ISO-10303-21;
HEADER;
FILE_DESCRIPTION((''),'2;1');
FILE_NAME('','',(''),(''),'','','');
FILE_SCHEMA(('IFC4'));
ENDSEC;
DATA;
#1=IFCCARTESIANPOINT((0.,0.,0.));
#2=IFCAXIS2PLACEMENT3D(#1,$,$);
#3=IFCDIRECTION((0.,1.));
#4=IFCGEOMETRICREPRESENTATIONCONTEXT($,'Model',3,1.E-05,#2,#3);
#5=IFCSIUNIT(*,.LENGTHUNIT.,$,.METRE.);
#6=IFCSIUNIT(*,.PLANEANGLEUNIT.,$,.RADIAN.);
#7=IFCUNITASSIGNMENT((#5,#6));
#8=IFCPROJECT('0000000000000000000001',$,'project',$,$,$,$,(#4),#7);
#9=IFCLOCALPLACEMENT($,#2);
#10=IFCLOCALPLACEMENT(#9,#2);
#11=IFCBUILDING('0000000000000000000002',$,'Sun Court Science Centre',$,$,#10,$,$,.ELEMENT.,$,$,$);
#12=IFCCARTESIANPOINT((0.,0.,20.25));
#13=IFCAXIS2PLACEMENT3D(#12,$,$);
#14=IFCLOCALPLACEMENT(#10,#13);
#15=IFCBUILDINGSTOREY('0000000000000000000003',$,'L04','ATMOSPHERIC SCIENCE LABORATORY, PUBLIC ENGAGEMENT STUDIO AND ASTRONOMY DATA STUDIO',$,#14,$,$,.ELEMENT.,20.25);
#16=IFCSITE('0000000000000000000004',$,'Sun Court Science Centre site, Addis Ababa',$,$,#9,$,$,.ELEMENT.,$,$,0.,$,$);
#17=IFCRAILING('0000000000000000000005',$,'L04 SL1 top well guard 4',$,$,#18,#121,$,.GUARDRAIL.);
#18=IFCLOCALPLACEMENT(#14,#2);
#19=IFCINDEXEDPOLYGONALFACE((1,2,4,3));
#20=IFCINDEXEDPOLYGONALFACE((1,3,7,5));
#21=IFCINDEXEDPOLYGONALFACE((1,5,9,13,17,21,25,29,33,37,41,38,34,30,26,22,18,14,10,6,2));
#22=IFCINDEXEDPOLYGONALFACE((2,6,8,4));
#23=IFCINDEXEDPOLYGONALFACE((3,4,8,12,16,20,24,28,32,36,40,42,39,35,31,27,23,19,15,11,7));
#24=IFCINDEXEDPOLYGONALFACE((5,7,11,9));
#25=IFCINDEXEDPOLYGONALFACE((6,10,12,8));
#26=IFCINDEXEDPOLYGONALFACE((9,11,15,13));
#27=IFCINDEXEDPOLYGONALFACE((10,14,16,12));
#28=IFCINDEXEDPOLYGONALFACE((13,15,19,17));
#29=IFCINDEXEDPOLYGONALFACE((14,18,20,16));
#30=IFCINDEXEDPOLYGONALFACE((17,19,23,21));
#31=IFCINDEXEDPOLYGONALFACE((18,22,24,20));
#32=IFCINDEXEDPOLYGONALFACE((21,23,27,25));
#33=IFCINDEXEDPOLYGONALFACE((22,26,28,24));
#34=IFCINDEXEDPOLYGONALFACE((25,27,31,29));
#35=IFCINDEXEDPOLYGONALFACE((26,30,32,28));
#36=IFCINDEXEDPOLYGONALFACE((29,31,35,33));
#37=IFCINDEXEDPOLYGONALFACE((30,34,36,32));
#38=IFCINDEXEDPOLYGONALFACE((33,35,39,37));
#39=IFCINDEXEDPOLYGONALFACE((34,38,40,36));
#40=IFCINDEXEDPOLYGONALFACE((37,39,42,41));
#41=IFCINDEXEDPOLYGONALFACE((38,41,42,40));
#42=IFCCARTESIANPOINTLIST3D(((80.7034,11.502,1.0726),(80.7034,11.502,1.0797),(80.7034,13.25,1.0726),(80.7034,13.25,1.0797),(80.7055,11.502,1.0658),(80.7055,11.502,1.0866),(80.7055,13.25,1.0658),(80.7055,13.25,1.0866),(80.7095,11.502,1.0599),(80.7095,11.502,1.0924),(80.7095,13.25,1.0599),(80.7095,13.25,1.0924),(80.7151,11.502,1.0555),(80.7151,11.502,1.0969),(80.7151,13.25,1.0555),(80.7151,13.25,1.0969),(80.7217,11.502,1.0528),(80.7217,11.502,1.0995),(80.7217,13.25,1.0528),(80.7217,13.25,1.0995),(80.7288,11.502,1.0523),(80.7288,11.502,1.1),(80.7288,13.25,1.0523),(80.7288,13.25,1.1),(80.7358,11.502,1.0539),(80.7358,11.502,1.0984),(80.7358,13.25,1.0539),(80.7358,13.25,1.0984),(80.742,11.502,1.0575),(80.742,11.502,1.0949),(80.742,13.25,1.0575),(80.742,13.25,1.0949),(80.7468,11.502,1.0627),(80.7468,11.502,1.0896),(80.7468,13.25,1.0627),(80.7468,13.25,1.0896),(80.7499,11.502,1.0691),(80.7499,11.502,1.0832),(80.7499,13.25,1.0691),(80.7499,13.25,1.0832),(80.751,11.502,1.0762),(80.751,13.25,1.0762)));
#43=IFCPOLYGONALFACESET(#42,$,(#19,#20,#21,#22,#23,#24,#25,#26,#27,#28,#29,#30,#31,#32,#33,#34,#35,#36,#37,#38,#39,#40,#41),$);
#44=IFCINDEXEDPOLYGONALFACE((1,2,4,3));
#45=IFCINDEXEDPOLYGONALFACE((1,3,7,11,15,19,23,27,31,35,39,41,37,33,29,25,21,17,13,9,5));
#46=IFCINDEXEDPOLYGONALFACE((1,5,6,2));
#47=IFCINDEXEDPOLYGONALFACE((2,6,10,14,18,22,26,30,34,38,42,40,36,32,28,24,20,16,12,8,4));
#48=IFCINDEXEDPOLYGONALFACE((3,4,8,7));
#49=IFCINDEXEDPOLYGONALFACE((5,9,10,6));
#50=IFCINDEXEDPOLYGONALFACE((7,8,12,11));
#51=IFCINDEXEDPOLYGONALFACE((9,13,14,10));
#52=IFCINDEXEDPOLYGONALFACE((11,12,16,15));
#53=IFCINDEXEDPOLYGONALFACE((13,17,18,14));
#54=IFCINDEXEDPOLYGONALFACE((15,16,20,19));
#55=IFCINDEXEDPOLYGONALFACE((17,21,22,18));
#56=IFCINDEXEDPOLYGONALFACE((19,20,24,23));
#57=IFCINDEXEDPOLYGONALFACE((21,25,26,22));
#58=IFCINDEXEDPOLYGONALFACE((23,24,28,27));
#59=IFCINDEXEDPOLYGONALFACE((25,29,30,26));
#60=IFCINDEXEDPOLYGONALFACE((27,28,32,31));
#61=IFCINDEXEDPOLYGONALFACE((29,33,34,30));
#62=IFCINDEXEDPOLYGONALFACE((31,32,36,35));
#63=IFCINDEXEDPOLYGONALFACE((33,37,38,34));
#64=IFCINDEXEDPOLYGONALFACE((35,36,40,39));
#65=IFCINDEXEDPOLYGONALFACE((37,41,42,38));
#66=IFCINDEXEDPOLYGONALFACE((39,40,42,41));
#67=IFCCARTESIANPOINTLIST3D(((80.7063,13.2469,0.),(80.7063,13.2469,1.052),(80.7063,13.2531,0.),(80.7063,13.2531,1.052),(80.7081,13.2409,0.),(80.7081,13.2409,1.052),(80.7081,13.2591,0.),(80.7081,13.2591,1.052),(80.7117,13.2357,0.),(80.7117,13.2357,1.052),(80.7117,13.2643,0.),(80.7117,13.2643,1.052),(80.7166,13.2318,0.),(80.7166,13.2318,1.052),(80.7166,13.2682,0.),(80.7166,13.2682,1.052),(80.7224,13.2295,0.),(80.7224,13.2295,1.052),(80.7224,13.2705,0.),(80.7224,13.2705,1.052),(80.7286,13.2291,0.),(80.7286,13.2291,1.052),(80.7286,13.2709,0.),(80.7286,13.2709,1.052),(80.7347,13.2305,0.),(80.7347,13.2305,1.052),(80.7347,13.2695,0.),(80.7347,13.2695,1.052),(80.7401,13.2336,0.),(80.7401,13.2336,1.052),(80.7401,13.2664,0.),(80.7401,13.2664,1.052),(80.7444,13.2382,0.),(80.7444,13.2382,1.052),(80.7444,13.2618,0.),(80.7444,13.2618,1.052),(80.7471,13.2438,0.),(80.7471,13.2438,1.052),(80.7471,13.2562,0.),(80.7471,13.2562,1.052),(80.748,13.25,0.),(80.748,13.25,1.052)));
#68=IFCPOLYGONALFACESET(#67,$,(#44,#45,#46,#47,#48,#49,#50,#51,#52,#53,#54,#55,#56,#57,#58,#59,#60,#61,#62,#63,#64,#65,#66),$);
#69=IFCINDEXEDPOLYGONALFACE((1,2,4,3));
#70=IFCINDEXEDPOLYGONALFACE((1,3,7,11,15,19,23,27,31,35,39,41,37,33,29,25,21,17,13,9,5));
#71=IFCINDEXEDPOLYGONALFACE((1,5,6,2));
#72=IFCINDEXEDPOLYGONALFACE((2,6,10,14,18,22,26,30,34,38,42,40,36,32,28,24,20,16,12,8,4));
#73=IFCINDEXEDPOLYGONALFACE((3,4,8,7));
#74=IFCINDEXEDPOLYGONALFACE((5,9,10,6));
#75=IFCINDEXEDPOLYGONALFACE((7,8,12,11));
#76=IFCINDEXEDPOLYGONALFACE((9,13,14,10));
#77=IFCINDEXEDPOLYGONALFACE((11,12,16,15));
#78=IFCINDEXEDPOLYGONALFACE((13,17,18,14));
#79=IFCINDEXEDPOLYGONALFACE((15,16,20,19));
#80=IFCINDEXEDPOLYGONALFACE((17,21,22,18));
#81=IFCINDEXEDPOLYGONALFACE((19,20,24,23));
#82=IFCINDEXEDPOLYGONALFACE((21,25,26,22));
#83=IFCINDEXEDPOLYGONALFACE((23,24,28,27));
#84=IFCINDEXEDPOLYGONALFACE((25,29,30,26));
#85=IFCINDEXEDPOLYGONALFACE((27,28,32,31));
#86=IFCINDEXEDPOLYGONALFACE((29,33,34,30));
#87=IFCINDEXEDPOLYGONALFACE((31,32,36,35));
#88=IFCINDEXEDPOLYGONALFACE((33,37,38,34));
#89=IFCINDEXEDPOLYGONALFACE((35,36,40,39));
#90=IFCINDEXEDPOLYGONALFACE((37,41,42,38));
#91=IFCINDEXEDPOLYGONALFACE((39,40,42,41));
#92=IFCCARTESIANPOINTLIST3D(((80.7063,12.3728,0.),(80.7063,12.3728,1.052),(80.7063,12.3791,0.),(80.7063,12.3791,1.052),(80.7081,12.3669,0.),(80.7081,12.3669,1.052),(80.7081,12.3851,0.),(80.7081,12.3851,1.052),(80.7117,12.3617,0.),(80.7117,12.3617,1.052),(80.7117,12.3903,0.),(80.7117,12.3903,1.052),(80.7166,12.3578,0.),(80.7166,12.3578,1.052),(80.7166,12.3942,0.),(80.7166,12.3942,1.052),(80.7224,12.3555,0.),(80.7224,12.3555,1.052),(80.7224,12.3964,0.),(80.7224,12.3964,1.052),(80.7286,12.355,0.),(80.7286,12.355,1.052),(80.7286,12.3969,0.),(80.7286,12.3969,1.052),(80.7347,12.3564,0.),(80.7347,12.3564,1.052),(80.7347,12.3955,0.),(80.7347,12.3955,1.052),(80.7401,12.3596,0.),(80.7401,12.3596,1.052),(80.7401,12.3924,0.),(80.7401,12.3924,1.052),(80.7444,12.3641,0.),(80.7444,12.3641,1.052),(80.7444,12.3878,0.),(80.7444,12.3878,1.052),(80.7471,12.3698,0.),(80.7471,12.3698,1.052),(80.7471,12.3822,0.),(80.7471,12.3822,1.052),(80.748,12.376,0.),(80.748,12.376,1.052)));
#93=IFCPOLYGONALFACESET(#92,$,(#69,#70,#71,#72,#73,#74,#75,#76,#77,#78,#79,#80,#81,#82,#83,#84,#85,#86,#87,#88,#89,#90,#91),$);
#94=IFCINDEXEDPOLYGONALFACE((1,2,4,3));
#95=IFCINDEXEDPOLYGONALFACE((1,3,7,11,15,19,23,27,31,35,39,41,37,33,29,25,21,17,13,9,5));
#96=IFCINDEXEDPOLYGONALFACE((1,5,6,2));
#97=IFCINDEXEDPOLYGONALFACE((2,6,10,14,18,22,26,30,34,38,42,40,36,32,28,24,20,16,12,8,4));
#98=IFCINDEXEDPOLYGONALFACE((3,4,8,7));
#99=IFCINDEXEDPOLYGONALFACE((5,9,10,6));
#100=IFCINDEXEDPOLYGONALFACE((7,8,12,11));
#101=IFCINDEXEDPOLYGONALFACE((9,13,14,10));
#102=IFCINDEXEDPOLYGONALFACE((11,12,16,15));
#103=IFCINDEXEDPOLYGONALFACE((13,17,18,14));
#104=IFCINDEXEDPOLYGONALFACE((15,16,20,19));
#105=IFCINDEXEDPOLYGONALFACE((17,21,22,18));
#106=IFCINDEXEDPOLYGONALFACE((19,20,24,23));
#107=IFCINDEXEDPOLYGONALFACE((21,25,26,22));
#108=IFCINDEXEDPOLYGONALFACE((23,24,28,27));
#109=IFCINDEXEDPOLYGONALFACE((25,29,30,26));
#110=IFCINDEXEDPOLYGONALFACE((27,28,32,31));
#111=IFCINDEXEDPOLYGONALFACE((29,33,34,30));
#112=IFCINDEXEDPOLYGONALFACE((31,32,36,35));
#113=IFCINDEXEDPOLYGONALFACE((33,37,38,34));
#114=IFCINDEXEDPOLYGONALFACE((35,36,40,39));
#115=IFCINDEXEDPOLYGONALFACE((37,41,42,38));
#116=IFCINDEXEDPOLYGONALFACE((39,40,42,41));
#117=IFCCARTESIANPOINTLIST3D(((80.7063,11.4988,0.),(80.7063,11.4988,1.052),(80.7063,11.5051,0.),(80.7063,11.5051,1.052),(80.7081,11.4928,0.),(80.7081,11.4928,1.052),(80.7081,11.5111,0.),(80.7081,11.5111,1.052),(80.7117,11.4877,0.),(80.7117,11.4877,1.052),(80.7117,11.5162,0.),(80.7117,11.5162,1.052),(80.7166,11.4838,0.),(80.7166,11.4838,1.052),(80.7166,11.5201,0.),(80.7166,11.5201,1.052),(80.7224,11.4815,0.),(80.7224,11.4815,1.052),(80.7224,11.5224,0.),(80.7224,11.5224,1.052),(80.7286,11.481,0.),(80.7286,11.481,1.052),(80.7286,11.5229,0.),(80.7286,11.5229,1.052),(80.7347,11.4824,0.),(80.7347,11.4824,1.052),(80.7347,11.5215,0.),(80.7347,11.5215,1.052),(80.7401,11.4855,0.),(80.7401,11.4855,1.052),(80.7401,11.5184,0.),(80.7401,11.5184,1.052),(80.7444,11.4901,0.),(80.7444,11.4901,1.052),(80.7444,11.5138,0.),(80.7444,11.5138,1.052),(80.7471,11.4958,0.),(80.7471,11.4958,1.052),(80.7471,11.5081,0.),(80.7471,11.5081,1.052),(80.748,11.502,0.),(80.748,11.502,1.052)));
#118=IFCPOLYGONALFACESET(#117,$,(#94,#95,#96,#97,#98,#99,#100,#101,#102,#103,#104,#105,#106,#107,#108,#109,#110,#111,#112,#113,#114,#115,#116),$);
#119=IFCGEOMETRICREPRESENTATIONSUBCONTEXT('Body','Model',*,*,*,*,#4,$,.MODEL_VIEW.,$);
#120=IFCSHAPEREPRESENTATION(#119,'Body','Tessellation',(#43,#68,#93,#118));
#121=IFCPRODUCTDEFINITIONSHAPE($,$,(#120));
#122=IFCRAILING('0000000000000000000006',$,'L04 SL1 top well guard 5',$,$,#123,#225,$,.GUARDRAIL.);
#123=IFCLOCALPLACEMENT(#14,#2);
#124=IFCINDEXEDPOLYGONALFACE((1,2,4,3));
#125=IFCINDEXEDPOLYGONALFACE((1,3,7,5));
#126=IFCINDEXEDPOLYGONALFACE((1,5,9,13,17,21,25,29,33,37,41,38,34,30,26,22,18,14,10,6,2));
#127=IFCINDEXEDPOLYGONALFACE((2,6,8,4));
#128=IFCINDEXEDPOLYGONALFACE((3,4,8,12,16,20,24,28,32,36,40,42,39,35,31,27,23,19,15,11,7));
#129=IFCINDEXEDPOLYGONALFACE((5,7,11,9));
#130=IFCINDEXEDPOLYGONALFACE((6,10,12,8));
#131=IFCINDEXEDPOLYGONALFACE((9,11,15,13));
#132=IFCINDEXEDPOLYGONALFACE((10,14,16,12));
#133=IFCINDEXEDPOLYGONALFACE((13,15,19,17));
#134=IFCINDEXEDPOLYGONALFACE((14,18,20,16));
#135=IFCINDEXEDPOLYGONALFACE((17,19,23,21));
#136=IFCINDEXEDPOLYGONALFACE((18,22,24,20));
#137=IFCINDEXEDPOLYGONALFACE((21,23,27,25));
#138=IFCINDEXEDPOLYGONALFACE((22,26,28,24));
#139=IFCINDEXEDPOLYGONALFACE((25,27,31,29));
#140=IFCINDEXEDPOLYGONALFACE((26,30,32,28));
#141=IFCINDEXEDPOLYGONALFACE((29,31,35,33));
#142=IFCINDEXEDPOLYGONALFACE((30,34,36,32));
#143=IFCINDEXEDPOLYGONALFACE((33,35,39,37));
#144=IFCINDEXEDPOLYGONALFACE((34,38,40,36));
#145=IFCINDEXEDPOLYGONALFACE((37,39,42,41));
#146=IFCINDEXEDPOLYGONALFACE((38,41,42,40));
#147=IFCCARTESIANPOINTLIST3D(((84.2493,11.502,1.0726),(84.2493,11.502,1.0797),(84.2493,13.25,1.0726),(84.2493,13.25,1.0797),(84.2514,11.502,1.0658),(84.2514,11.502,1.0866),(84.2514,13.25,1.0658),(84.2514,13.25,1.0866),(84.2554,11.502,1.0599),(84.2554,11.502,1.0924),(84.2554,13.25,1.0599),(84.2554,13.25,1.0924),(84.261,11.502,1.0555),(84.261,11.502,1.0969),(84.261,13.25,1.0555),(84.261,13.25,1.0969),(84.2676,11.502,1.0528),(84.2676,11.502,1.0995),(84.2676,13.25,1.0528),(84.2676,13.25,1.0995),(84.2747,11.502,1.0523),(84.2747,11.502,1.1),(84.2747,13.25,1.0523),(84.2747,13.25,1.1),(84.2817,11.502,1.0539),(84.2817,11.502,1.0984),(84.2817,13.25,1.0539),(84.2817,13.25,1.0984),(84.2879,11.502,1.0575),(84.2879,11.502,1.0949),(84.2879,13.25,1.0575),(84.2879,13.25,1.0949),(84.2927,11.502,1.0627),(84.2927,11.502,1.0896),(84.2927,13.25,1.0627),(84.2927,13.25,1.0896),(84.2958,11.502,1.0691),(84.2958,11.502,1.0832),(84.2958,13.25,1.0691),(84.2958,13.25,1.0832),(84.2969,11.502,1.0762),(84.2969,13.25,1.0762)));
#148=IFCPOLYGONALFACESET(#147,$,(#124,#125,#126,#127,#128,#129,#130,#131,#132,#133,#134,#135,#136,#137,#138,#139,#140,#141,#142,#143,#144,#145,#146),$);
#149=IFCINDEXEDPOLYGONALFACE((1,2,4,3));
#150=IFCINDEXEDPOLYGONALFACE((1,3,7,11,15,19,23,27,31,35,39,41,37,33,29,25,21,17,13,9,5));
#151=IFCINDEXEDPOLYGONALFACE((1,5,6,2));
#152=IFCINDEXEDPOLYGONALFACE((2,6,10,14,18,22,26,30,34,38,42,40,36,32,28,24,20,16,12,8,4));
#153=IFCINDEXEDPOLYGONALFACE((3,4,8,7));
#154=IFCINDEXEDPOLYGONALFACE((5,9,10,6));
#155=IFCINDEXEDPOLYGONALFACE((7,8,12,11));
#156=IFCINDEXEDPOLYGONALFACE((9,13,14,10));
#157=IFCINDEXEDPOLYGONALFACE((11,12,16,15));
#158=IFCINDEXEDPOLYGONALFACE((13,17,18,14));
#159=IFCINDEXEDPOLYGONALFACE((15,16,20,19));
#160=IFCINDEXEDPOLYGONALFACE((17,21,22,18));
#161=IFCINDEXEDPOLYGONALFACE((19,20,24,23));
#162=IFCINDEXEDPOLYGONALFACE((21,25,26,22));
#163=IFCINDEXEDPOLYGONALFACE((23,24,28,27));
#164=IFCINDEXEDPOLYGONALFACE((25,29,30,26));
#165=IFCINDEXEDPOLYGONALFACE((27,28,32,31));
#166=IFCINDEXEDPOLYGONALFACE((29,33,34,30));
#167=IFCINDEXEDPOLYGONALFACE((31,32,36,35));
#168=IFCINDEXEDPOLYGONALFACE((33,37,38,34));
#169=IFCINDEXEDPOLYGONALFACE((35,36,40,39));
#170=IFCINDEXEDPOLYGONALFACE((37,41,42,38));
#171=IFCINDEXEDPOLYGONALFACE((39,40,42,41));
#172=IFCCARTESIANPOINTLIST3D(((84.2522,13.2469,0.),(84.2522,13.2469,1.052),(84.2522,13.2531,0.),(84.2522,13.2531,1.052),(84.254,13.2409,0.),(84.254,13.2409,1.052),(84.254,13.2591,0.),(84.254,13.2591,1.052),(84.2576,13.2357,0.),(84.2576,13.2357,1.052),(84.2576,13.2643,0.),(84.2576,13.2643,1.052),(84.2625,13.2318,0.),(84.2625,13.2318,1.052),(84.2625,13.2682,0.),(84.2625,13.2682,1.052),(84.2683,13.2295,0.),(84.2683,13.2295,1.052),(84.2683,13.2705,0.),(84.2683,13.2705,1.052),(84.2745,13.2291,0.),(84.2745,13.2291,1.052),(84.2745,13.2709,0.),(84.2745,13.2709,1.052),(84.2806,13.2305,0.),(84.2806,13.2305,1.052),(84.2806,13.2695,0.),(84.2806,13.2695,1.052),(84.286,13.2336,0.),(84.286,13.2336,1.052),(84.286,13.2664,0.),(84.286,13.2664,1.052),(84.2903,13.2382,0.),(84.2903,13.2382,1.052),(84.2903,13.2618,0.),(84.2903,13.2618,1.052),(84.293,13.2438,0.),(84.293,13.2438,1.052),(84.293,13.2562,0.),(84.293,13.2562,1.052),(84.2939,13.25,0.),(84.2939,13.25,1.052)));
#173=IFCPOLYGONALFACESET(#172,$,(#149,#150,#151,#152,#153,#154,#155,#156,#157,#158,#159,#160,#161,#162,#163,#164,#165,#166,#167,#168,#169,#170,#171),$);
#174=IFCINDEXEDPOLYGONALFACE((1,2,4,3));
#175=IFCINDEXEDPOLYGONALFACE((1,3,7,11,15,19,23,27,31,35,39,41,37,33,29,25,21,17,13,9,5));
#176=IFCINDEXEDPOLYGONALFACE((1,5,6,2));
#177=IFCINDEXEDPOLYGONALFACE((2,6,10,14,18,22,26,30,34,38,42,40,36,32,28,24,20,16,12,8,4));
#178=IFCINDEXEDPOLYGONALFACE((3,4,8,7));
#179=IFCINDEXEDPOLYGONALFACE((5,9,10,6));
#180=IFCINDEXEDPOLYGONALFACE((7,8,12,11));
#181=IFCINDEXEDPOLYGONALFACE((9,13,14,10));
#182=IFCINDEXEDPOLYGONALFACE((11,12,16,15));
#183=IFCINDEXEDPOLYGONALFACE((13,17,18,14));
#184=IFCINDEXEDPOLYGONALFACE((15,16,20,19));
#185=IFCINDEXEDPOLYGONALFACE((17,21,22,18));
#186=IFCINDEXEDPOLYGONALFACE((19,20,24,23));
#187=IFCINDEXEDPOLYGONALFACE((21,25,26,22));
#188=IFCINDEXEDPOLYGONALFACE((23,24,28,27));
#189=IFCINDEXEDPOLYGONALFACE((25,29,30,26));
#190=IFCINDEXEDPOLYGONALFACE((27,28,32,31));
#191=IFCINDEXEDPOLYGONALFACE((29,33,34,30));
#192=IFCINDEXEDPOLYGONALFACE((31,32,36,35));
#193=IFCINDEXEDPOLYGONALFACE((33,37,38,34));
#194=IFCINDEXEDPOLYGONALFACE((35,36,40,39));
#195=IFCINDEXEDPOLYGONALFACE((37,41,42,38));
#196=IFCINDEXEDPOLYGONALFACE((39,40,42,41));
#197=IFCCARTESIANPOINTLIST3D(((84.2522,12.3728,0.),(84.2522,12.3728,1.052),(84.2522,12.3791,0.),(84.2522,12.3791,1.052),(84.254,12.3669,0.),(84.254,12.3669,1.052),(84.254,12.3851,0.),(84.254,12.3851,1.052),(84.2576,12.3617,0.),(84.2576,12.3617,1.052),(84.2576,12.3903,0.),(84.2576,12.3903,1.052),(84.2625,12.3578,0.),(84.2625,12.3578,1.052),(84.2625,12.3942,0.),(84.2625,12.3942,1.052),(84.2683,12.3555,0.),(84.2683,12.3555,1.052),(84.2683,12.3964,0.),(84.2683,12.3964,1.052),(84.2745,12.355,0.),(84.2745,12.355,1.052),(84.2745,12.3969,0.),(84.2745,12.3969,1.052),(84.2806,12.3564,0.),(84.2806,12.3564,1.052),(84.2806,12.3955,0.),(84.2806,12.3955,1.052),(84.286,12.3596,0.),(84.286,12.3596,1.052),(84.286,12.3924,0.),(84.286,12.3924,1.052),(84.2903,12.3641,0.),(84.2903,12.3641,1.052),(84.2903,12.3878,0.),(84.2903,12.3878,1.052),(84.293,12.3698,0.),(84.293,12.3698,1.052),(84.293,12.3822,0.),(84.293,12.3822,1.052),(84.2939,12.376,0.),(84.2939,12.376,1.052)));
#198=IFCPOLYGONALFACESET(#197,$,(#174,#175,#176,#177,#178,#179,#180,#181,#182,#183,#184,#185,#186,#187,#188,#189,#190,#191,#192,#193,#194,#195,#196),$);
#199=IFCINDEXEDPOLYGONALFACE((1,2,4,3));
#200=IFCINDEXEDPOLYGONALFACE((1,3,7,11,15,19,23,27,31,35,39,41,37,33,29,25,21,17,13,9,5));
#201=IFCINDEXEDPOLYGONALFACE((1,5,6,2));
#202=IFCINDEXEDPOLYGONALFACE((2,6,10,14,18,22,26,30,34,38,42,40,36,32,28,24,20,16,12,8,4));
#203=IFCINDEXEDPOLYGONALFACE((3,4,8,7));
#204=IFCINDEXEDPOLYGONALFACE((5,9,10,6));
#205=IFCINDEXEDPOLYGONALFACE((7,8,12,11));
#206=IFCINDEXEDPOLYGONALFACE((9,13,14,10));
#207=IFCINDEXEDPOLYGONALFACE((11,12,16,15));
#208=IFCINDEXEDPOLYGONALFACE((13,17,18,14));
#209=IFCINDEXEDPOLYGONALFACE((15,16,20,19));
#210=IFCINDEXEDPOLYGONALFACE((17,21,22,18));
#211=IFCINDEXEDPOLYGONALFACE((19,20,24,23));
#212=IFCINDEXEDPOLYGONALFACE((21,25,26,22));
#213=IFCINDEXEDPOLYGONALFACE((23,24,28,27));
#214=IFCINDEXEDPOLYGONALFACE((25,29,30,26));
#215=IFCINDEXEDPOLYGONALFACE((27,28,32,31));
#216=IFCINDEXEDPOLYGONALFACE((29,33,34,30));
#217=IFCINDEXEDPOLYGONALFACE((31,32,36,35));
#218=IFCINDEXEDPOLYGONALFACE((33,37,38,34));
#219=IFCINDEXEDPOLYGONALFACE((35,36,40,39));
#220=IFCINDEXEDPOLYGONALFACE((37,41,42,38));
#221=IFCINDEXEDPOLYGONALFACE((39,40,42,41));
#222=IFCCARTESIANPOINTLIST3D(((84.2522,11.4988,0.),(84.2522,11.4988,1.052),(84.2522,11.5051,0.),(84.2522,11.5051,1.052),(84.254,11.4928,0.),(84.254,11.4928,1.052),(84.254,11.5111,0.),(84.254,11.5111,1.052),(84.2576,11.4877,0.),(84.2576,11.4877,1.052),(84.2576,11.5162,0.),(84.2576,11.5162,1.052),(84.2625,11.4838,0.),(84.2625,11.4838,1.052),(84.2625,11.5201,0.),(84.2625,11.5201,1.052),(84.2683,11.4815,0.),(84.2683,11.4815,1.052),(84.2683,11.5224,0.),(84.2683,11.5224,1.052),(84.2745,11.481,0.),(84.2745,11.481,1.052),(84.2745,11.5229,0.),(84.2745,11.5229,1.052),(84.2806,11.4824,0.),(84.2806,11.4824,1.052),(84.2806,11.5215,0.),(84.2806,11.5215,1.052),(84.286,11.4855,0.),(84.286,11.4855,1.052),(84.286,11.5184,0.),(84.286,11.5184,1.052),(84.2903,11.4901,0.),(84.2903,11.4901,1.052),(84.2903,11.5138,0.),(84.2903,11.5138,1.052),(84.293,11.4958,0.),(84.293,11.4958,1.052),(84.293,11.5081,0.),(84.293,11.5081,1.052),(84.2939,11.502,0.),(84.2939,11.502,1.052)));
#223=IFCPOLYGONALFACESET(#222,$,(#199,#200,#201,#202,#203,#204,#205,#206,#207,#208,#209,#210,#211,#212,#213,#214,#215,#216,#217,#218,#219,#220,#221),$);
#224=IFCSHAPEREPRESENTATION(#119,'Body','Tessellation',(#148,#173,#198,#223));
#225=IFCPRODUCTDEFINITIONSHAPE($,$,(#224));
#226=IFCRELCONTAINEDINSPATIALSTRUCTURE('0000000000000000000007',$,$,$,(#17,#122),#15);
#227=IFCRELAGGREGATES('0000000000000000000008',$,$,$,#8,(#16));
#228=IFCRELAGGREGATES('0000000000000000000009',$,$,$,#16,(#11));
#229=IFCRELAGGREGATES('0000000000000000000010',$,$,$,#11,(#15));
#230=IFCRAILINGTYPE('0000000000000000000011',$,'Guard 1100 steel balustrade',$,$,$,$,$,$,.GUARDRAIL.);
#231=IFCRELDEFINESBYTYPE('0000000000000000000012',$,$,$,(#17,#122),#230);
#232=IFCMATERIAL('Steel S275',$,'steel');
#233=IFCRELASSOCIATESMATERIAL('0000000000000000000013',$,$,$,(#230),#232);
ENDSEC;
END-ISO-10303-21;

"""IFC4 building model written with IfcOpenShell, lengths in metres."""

from ifc_helpers import new_model, si_unit, direction, frame, origin, origin_2d, place, context, subcontext, project, spatial, circle, extrude, material, type_object, element, save


model = new_model("IFC4")

# Units and contexts
model_context = context("Model", 3, precision=1e-05, world=origin(), true_north=direction((0.0, 1.0)))
body_context = subcontext(model_context, "Body", "Model", "MODEL_VIEW")
ifc_project = project(units=[si_unit("LENGTHUNIT", "METRE"), si_unit("PLANEANGLEUNIT", "RADIAN")], contexts=[model_context])

# Site, building, storey
site_placement = place(None, origin())
site = spatial("IfcSite", under=ifc_project, at=site_placement, Name="Sun Court Science Centre site, Addis Ababa", CompositionType="ELEMENT", RefElevation=0.0)
building_placement = place(site_placement, origin())
building = spatial("IfcBuilding", under=site, at=building_placement, Name="Sun Court Science Centre", CompositionType="ELEMENT")
storey_placement = place(building_placement, frame((0.0, 0.0, 20.25)))
storey = spatial("IfcBuildingStorey", under=building, at=storey_placement, Name="L04", Description="ATMOSPHERIC SCIENCE LABORATORY, PUBLIC ENGAGEMENT STUDIO AND ASTRONOMY DATA STUDIO", CompositionType="ELEMENT", Elevation=20.25)

# Railings
ifc_material_1 = material(Name="Steel S275", Category="steel")
railing_type = type_object("IfcRailingType", Name="Guard 1100 steel balustrade", PredefinedType="GUARDRAIL", material=ifc_material_1)
for number, where, name in (
    (1, (80.7271, 13.25, 0.0), "L04 SL1 top well guard 4"),
    (2, (84.2729, 13.25, 0.0), "L04 SL1 top well guard 5"),
):
    element("IfcRailing", number, at=place(storey_placement, frame(where)), inside=storey, type_object=railing_type, Name=name, PredefinedType="GUARDRAIL", context=body_context, shape_type="SweptSolid", body=[
        extrude(circle(Radius=0.0239, at=origin_2d()), frame((0.0, 0.0, 1.0762), z_axis=(0.0, -1.0, 0.0), x_axis=(1.0, 0.0, 0.0)), (0.0, 0.0, 1.0), 1.748),
        extrude(circle(Radius=0.021, at=origin_2d()), origin(), (0.0, 0.0, 1.0), 1.052),
        extrude(circle(Radius=0.021, at=origin_2d()), frame((0.0, -0.874, 0.0)), (0.0, 0.0, 1.0), 1.052),
        extrude(circle(Radius=0.021, at=origin_2d()), frame((0.0, -1.748, 0.0)), (0.0, 0.0, 1.0), 1.052),
    ])

save(model, "model.ifc")
